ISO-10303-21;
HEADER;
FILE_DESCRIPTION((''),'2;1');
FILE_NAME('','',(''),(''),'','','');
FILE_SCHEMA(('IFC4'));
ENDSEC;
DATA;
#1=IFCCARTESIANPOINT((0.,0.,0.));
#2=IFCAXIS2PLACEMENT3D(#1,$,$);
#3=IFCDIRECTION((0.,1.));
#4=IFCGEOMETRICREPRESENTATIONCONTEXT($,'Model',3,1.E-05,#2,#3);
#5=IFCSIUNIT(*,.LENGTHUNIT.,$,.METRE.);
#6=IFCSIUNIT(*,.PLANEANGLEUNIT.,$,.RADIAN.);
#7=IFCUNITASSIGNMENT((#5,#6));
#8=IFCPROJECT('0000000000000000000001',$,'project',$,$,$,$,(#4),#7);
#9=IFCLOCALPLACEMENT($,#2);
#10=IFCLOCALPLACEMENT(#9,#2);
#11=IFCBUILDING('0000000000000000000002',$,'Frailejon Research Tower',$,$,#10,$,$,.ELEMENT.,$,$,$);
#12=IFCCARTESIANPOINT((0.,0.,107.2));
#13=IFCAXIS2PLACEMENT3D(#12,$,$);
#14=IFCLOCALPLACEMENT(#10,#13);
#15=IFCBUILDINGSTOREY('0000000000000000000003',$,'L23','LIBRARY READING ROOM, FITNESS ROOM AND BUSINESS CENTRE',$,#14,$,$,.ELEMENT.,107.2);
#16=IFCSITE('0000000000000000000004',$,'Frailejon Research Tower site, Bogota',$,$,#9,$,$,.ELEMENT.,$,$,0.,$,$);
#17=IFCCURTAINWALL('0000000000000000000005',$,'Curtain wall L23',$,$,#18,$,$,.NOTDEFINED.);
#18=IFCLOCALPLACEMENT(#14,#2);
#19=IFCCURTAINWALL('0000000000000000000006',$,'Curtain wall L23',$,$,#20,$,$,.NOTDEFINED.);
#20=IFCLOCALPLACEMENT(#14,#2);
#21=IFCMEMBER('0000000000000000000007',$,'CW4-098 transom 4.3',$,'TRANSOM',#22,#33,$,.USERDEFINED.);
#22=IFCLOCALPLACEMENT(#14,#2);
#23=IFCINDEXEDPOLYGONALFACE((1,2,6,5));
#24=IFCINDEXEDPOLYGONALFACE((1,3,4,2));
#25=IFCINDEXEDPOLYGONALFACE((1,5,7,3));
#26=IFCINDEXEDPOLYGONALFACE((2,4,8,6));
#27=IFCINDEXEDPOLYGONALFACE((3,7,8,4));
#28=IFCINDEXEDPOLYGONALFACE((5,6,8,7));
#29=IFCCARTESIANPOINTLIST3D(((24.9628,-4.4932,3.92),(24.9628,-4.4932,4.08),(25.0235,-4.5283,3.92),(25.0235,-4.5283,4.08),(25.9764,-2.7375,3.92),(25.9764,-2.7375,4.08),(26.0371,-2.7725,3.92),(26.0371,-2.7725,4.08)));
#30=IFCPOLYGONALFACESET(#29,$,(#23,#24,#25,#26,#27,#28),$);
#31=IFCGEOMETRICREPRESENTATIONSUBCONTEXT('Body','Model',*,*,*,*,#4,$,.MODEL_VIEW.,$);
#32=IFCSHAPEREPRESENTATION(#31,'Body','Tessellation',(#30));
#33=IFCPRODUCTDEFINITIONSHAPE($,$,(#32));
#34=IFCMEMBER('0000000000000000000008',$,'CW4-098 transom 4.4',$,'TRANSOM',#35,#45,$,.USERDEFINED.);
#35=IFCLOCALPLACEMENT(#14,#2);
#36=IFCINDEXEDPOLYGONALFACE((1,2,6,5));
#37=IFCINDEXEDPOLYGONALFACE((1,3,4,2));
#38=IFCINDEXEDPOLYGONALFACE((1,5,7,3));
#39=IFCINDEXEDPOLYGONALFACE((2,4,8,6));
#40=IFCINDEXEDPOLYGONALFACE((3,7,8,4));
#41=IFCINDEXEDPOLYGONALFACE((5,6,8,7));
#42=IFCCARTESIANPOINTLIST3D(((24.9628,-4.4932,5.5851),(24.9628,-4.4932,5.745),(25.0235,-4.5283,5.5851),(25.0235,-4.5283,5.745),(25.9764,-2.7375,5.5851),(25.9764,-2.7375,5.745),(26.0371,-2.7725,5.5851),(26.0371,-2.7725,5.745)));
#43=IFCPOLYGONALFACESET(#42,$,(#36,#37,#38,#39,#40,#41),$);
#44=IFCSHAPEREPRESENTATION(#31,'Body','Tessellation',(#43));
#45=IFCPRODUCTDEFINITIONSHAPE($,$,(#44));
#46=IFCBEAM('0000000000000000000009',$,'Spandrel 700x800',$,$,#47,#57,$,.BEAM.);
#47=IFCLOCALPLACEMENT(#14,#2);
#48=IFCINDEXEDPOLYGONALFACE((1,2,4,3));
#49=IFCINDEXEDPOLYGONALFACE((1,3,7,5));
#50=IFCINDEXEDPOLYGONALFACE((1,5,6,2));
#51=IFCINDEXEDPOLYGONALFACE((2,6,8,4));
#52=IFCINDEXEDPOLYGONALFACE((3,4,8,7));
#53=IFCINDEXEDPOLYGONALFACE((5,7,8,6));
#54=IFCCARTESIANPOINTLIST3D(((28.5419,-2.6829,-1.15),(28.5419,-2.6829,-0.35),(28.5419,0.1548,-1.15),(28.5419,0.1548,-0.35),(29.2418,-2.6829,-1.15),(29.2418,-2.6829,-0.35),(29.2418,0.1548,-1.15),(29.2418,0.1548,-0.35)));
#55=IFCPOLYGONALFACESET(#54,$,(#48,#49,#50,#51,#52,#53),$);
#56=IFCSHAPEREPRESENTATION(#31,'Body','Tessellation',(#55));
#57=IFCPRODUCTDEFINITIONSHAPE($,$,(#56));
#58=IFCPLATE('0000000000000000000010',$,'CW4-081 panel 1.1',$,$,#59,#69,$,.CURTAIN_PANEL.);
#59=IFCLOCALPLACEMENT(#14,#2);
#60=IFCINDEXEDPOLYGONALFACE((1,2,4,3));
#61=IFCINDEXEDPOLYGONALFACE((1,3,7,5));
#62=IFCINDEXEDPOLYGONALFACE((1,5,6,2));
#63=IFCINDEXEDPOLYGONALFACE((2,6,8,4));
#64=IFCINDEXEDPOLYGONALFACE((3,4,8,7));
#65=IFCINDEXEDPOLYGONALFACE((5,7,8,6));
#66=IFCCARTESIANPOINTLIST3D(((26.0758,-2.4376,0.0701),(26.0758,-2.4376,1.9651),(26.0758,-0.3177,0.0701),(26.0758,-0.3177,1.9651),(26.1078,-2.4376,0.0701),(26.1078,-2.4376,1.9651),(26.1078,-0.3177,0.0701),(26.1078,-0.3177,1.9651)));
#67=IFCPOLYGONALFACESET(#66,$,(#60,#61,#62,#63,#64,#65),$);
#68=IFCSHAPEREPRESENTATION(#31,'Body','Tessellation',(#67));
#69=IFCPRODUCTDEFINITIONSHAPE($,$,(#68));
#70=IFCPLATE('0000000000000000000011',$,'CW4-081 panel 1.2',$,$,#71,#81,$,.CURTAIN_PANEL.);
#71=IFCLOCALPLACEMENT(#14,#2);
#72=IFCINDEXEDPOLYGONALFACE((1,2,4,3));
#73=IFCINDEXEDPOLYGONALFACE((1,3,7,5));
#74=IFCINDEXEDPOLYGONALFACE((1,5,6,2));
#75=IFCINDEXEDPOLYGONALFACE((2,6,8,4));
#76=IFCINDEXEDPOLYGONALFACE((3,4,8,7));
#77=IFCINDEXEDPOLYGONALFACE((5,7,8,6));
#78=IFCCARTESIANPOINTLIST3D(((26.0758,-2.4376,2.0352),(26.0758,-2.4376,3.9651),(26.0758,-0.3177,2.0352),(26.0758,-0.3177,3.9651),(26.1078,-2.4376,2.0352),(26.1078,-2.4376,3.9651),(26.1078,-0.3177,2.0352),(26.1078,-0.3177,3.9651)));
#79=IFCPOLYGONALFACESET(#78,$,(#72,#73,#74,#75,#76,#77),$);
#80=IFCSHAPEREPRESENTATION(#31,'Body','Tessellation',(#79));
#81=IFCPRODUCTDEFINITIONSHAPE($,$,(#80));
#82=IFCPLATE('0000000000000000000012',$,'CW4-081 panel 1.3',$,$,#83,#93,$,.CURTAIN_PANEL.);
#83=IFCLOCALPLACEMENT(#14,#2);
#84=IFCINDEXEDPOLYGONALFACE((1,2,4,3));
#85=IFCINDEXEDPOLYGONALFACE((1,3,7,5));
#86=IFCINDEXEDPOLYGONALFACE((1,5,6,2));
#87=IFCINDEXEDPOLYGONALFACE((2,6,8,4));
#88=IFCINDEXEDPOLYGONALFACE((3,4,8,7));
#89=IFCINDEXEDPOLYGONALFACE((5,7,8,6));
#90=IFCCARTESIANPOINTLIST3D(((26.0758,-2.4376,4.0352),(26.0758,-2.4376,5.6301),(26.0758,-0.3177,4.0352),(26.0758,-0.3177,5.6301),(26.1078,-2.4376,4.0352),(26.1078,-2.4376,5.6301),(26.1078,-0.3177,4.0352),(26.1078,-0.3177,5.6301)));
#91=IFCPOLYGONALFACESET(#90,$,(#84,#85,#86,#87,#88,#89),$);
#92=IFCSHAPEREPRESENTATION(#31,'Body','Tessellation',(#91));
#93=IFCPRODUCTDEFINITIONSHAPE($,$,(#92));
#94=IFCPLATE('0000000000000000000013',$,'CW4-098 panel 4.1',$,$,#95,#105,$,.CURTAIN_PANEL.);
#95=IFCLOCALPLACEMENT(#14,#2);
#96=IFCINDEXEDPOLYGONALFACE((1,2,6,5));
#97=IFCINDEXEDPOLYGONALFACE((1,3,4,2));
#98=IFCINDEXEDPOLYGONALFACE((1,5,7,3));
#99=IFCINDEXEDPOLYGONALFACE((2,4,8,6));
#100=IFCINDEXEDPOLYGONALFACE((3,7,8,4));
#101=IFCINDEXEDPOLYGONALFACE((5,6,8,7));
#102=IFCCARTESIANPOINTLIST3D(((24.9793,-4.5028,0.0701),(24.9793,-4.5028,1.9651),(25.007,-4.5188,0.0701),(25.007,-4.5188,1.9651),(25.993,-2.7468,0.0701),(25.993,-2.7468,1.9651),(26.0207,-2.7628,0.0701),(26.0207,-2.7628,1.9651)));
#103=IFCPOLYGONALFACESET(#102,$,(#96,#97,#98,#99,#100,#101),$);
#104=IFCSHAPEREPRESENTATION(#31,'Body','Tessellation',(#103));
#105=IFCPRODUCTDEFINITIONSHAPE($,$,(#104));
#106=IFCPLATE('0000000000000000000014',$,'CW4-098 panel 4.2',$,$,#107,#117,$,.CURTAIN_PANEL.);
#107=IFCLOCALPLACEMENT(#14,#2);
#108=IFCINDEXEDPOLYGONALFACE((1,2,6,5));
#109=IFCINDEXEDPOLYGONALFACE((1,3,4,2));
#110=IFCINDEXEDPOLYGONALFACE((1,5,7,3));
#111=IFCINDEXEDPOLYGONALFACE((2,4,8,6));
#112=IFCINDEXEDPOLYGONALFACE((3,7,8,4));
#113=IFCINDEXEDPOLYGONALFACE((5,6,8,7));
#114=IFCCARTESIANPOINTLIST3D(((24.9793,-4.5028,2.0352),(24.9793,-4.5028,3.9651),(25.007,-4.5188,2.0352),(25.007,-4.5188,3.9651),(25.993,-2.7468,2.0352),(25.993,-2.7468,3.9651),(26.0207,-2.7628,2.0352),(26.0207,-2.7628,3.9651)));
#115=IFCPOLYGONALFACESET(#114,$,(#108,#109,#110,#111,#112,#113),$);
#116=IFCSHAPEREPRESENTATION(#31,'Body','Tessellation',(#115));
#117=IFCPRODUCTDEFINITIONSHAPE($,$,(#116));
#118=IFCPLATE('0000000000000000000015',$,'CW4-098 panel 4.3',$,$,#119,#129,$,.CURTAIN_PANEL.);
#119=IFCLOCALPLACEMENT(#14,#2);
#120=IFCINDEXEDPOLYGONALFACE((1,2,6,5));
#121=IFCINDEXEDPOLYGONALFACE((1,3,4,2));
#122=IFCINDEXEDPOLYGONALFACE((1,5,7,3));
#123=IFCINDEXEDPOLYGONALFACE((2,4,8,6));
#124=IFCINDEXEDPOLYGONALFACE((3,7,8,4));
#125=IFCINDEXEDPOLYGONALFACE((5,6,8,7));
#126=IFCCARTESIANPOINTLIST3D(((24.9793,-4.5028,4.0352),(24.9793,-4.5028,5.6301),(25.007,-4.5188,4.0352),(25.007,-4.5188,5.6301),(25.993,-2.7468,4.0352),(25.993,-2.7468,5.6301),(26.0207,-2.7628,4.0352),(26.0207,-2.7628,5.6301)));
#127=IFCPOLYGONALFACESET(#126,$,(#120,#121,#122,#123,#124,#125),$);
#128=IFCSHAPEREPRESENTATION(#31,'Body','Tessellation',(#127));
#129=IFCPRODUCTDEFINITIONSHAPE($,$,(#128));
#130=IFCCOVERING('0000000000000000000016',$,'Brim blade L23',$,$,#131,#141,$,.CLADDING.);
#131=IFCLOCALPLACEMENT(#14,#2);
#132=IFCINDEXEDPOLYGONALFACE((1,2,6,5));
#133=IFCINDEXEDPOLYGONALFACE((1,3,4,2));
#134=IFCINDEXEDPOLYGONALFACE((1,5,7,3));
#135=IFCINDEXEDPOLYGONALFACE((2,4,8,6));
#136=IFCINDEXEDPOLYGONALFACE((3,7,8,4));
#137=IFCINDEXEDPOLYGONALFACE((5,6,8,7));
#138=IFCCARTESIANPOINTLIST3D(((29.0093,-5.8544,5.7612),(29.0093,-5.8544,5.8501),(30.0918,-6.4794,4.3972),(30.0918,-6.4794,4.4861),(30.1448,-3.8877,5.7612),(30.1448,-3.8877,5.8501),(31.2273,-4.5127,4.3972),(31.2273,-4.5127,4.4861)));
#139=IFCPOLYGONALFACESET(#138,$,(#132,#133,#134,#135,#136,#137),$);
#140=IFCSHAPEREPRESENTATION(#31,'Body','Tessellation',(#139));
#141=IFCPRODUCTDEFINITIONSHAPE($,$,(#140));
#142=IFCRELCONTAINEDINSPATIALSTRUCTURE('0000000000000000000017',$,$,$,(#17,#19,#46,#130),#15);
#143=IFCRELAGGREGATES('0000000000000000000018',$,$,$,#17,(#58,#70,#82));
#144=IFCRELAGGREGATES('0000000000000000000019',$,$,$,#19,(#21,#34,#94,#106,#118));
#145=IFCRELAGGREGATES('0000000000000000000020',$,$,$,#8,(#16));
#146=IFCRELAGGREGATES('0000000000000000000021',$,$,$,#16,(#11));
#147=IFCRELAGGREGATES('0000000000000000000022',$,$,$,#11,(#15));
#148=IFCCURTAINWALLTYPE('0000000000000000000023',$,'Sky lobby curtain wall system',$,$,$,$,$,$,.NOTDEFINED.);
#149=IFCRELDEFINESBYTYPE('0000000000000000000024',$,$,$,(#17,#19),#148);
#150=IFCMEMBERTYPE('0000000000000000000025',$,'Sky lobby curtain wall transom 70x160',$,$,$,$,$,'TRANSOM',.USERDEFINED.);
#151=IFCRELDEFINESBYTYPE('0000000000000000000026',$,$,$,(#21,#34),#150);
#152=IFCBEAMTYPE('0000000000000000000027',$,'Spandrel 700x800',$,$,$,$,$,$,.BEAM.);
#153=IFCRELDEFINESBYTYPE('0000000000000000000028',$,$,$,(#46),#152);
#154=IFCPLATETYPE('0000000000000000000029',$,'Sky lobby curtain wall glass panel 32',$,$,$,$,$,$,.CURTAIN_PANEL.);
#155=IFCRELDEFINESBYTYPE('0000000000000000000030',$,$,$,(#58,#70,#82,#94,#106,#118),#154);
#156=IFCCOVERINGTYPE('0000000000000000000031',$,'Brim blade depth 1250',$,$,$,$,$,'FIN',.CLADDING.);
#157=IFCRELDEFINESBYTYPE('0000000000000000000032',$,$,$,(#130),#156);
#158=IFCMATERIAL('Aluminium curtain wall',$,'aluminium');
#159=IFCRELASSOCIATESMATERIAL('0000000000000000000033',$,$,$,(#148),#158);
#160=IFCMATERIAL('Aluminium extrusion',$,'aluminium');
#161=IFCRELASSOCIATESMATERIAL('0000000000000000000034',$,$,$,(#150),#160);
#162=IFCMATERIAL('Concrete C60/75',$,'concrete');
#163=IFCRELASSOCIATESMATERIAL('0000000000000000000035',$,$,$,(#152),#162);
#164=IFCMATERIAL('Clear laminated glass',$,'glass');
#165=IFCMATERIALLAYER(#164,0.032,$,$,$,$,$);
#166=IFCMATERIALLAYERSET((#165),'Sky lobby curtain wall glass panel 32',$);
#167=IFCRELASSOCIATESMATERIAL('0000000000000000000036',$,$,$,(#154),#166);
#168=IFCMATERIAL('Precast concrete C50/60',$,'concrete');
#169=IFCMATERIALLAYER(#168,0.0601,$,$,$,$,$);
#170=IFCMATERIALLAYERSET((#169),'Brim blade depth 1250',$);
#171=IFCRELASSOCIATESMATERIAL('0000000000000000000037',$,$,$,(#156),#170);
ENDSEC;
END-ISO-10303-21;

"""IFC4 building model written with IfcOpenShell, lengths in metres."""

from ifc_helpers import new_model, si_unit, direction, frame, origin, origin_2d, place, context, subcontext, project, spatial, polyline, rectangle, outline, extrude, material, layer, layer_set, material_profile, profile_set, type_object, element, aggregate, save


model = new_model("IFC4")

# Units and contexts
model_context = context("Model", 3, precision=1e-05, world=origin(), true_north=direction((0.0, 1.0)))
body_context = subcontext(model_context, "Body", "Model", "MODEL_VIEW")
ifc_project = project(units=[si_unit("LENGTHUNIT", "METRE"), si_unit("PLANEANGLEUNIT", "RADIAN")], contexts=[model_context])

# Site, building, storey
site_placement = place(None, origin())
site = spatial("IfcSite", under=ifc_project, at=site_placement, Name="Frailejon Research Tower site, Bogota", CompositionType="ELEMENT", RefElevation=0.0)
building_placement = place(site_placement, origin())
building = spatial("IfcBuilding", under=site, at=building_placement, Name="Frailejon Research Tower", CompositionType="ELEMENT")
storey_placement = place(building_placement, frame((0.0, 0.0, 107.2)))
storey = spatial("IfcBuildingStorey", under=building, at=storey_placement, Name="L23", Description="LIBRARY READING ROOM, FITNESS ROOM AND BUSINESS CENTRE", CompositionType="ELEMENT", Elevation=107.2)

# Curtain wall
ifc_material_1 = material(Name="Aluminium curtain wall", Category="aluminium")
curtain_wall_type = type_object("IfcCurtainWallType", Name="Sky lobby curtain wall system", PredefinedType="NOTDEFINED", material=ifc_material_1)
curtain_wall_1_placement = place(storey_placement, origin())
curtain_wall_1 = element("IfcCurtainWall", 1, at=curtain_wall_1_placement, inside=storey, type_object=curtain_wall_type, Name="Curtain wall L23", PredefinedType="NOTDEFINED")

# Curtain wall
curtain_wall_2_placement = place(storey_placement, origin())
curtain_wall_2 = element("IfcCurtainWall", 2, at=curtain_wall_2_placement, inside=storey, type_object=curtain_wall_type, Name="Curtain wall L23", PredefinedType="NOTDEFINED")

# Members
ifc_material_2 = material(Name="Aluminium extrusion", Category="aluminium")
ifc_material_profile_1 = material_profile(ifc_material_2, rectangle(XDim=0.0701, YDim=0.1599, at=origin_2d()), Name="Sky lobby curtain wall transom 70x160")
ifc_profile_set_1 = profile_set([ifc_material_profile_1], Name="Aluminium extrusion")
member_type_1 = type_object("IfcMemberType", Name="Sky lobby curtain wall transom 70x160", ElementType="TRANSOM", PredefinedType="USERDEFINED", material=ifc_profile_set_1)
member_1_placement = place(storey_placement, frame((24.9932, -4.5107, 4.0), z_axis=(0.499973, 0.866041, 0.0), x_axis=(-0.866041, 0.499973, 0.0)))
member_1 = element("IfcMember", 3, at=member_1_placement, type_object=member_type_1, Name="CW4-098 transom 4.3", ObjectType="TRANSOM", PredefinedType="USERDEFINED", context=body_context, shape_type="SweptSolid", body=[
    extrude(rectangle(XDim=0.0701, YDim=0.1599, at=origin_2d()), origin(), (0.0, 0.0, 1.0), 2.0273),
])
member_2_placement = place(storey_placement, frame((24.9932, -4.5107, 5.665), z_axis=(0.499973, 0.866041, 0.0), x_axis=(-0.866041, 0.499973, 0.0)))
member_2 = element("IfcMember", 4, at=member_2_placement, type_object=member_type_1, Name="CW4-098 transom 4.4", ObjectType="TRANSOM", PredefinedType="USERDEFINED", context=body_context, shape_type="SweptSolid", body=[
    extrude(rectangle(XDim=0.0701, YDim=0.1599, at=origin_2d()), origin(), (0.0, 0.0, 1.0), 2.0273),
])

# Beam
ifc_material_3 = material(Name="Concrete C60/75", Category="concrete")
ifc_material_profile_2 = material_profile(ifc_material_3, rectangle(XDim=0.7, YDim=0.8, at=origin_2d()), Name="Spandrel 700x800")
ifc_profile_set_2 = profile_set([ifc_material_profile_2], Name="Concrete C60/75")
beam_type_1 = type_object("IfcBeamType", Name="Spandrel 700x800", PredefinedType="BEAM", material=ifc_profile_set_2)
beam_1_placement = place(storey_placement, frame((28.8918, -2.6829, -0.75), z_axis=(0.0, 1.0, 0.0), x_axis=(-1.0, 0.0, 0.0)))
element("IfcBeam", 5, at=beam_1_placement, inside=storey, type_object=beam_type_1, Name="Spandrel 700x800", PredefinedType="BEAM", context=body_context, shape_type="SweptSolid", body=[
    extrude(rectangle(XDim=0.7, YDim=0.8, at=origin_2d()), origin(), (0.0, 0.0, 1.0), 2.8376),
])

# Plates
ifc_material_4 = material(Name="Clear laminated glass", Category="glass")
ifc_layer_1 = layer(ifc_material_4, 0.032)
ifc_layer_set_1 = layer_set([ifc_layer_1], Name="Sky lobby curtain wall glass panel 32")
plate_type = type_object("IfcPlateType", Name="Sky lobby curtain wall glass panel 32", PredefinedType="CURTAIN_PANEL", material=ifc_layer_set_1)
plate_1_placement = place(storey_placement, frame((26.0918, -1.3777, 0.0701), z_axis=(0.0, 0.0, 1.0), x_axis=(0.0, 1.0, 0.0)))
plate_1 = element("IfcPlate", 6, at=plate_1_placement, type_object=plate_type, Name="CW4-081 panel 1.1", PredefinedType="CURTAIN_PANEL", context=body_context, shape_type="SweptSolid", body=[
    extrude(rectangle(XDim=2.1199, YDim=0.032, at=origin_2d()), origin(), (0.0, 0.0, 1.0), 1.895),
])
plate_2_placement = place(storey_placement, frame((26.0918, -1.3777, 2.0352), z_axis=(0.0, 0.0, 1.0), x_axis=(0.0, 1.0, 0.0)))
plate_2 = element("IfcPlate", 7, at=plate_2_placement, type_object=plate_type, Name="CW4-081 panel 1.2", PredefinedType="CURTAIN_PANEL", context=body_context, shape_type="SweptSolid", body=[
    extrude(rectangle(XDim=2.1199, YDim=0.032, at=origin_2d()), origin(), (0.0, 0.0, 1.0), 1.9299),
])
plate_3_placement = place(storey_placement, frame((26.0918, -1.3777, 4.0352), z_axis=(0.0, 0.0, 1.0), x_axis=(0.0, 1.0, 0.0)))
plate_3 = element("IfcPlate", 8, at=plate_3_placement, type_object=plate_type, Name="CW4-081 panel 1.3", PredefinedType="CURTAIN_PANEL", context=body_context, shape_type="SweptSolid", body=[
    extrude(rectangle(XDim=2.1199, YDim=0.032, at=origin_2d()), origin(), (0.0, 0.0, 1.0), 1.595),
])
aggregate(curtain_wall_1, [plate_1, plate_2, plate_3])
plate_4_placement = place(storey_placement, frame((25.5, -3.6328, 0.0701), z_axis=(0.0, 0.0, 1.0), x_axis=(0.5, 0.866026, 0.0)))
plate_4 = element("IfcPlate", 9, at=plate_4_placement, type_object=plate_type, Name="CW4-098 panel 4.1", PredefinedType="CURTAIN_PANEL", context=body_context, shape_type="SweptSolid", body=[
    extrude(rectangle(XDim=2.0276, YDim=0.032, at=origin_2d()), origin(), (0.0, 0.0, 1.0), 1.895),
])
plate_5_placement = place(storey_placement, frame((25.5, -3.6328, 2.0352), z_axis=(0.0, 0.0, 1.0), x_axis=(0.5, 0.866026, 0.0)))
plate_5 = element("IfcPlate", 10, at=plate_5_placement, type_object=plate_type, Name="CW4-098 panel 4.2", PredefinedType="CURTAIN_PANEL", context=body_context, shape_type="SweptSolid", body=[
    extrude(rectangle(XDim=2.0276, YDim=0.032, at=origin_2d()), origin(), (0.0, 0.0, 1.0), 1.9299),
])
plate_6_placement = place(storey_placement, frame((25.5, -3.6328, 4.0352), z_axis=(0.0, 0.0, 1.0), x_axis=(0.5, 0.866026, 0.0)))
plate_6 = element("IfcPlate", 11, at=plate_6_placement, type_object=plate_type, Name="CW4-098 panel 4.3", PredefinedType="CURTAIN_PANEL", context=body_context, shape_type="SweptSolid", body=[
    extrude(rectangle(XDim=2.0276, YDim=0.032, at=origin_2d()), origin(), (0.0, 0.0, 1.0), 1.595),
])
aggregate(curtain_wall_2, [member_1, member_2, plate_4, plate_5, plate_6])

# Covering
ifc_material_5 = material(Name="Precast concrete C50/60", Category="concrete")
ifc_layer_2 = layer(ifc_material_5, 0.0601)
ifc_layer_set_2 = layer_set([ifc_layer_2], Name="Brim blade depth 1250")
covering_type = type_object("IfcCoveringType", Name="Brim blade depth 1250", ElementType="FIN", PredefinedType="CLADDING", material=ifc_layer_set_2)
covering_placement = place(storey_placement, frame((30.1448, -3.8877, 5.8501), z_axis=(-0.500002, -0.866024, 0.0), x_axis=(0.866024, -0.500002, 0.0)))
element("IfcCovering", 12, at=covering_placement, inside=storey, type_object=covering_type, Name="Brim blade L23", PredefinedType="CLADDING", context=body_context, shape_type="SweptSolid", body=[
    extrude(outline(polyline([(0.0, -0.0889), (1.25, -1.4529), (1.25, -1.364), (0.0, 0.0), (0.0, -0.0889)])), origin(), (0.0, 0.0, 1.0), 2.271),
])

save(model, "model.ifc")
